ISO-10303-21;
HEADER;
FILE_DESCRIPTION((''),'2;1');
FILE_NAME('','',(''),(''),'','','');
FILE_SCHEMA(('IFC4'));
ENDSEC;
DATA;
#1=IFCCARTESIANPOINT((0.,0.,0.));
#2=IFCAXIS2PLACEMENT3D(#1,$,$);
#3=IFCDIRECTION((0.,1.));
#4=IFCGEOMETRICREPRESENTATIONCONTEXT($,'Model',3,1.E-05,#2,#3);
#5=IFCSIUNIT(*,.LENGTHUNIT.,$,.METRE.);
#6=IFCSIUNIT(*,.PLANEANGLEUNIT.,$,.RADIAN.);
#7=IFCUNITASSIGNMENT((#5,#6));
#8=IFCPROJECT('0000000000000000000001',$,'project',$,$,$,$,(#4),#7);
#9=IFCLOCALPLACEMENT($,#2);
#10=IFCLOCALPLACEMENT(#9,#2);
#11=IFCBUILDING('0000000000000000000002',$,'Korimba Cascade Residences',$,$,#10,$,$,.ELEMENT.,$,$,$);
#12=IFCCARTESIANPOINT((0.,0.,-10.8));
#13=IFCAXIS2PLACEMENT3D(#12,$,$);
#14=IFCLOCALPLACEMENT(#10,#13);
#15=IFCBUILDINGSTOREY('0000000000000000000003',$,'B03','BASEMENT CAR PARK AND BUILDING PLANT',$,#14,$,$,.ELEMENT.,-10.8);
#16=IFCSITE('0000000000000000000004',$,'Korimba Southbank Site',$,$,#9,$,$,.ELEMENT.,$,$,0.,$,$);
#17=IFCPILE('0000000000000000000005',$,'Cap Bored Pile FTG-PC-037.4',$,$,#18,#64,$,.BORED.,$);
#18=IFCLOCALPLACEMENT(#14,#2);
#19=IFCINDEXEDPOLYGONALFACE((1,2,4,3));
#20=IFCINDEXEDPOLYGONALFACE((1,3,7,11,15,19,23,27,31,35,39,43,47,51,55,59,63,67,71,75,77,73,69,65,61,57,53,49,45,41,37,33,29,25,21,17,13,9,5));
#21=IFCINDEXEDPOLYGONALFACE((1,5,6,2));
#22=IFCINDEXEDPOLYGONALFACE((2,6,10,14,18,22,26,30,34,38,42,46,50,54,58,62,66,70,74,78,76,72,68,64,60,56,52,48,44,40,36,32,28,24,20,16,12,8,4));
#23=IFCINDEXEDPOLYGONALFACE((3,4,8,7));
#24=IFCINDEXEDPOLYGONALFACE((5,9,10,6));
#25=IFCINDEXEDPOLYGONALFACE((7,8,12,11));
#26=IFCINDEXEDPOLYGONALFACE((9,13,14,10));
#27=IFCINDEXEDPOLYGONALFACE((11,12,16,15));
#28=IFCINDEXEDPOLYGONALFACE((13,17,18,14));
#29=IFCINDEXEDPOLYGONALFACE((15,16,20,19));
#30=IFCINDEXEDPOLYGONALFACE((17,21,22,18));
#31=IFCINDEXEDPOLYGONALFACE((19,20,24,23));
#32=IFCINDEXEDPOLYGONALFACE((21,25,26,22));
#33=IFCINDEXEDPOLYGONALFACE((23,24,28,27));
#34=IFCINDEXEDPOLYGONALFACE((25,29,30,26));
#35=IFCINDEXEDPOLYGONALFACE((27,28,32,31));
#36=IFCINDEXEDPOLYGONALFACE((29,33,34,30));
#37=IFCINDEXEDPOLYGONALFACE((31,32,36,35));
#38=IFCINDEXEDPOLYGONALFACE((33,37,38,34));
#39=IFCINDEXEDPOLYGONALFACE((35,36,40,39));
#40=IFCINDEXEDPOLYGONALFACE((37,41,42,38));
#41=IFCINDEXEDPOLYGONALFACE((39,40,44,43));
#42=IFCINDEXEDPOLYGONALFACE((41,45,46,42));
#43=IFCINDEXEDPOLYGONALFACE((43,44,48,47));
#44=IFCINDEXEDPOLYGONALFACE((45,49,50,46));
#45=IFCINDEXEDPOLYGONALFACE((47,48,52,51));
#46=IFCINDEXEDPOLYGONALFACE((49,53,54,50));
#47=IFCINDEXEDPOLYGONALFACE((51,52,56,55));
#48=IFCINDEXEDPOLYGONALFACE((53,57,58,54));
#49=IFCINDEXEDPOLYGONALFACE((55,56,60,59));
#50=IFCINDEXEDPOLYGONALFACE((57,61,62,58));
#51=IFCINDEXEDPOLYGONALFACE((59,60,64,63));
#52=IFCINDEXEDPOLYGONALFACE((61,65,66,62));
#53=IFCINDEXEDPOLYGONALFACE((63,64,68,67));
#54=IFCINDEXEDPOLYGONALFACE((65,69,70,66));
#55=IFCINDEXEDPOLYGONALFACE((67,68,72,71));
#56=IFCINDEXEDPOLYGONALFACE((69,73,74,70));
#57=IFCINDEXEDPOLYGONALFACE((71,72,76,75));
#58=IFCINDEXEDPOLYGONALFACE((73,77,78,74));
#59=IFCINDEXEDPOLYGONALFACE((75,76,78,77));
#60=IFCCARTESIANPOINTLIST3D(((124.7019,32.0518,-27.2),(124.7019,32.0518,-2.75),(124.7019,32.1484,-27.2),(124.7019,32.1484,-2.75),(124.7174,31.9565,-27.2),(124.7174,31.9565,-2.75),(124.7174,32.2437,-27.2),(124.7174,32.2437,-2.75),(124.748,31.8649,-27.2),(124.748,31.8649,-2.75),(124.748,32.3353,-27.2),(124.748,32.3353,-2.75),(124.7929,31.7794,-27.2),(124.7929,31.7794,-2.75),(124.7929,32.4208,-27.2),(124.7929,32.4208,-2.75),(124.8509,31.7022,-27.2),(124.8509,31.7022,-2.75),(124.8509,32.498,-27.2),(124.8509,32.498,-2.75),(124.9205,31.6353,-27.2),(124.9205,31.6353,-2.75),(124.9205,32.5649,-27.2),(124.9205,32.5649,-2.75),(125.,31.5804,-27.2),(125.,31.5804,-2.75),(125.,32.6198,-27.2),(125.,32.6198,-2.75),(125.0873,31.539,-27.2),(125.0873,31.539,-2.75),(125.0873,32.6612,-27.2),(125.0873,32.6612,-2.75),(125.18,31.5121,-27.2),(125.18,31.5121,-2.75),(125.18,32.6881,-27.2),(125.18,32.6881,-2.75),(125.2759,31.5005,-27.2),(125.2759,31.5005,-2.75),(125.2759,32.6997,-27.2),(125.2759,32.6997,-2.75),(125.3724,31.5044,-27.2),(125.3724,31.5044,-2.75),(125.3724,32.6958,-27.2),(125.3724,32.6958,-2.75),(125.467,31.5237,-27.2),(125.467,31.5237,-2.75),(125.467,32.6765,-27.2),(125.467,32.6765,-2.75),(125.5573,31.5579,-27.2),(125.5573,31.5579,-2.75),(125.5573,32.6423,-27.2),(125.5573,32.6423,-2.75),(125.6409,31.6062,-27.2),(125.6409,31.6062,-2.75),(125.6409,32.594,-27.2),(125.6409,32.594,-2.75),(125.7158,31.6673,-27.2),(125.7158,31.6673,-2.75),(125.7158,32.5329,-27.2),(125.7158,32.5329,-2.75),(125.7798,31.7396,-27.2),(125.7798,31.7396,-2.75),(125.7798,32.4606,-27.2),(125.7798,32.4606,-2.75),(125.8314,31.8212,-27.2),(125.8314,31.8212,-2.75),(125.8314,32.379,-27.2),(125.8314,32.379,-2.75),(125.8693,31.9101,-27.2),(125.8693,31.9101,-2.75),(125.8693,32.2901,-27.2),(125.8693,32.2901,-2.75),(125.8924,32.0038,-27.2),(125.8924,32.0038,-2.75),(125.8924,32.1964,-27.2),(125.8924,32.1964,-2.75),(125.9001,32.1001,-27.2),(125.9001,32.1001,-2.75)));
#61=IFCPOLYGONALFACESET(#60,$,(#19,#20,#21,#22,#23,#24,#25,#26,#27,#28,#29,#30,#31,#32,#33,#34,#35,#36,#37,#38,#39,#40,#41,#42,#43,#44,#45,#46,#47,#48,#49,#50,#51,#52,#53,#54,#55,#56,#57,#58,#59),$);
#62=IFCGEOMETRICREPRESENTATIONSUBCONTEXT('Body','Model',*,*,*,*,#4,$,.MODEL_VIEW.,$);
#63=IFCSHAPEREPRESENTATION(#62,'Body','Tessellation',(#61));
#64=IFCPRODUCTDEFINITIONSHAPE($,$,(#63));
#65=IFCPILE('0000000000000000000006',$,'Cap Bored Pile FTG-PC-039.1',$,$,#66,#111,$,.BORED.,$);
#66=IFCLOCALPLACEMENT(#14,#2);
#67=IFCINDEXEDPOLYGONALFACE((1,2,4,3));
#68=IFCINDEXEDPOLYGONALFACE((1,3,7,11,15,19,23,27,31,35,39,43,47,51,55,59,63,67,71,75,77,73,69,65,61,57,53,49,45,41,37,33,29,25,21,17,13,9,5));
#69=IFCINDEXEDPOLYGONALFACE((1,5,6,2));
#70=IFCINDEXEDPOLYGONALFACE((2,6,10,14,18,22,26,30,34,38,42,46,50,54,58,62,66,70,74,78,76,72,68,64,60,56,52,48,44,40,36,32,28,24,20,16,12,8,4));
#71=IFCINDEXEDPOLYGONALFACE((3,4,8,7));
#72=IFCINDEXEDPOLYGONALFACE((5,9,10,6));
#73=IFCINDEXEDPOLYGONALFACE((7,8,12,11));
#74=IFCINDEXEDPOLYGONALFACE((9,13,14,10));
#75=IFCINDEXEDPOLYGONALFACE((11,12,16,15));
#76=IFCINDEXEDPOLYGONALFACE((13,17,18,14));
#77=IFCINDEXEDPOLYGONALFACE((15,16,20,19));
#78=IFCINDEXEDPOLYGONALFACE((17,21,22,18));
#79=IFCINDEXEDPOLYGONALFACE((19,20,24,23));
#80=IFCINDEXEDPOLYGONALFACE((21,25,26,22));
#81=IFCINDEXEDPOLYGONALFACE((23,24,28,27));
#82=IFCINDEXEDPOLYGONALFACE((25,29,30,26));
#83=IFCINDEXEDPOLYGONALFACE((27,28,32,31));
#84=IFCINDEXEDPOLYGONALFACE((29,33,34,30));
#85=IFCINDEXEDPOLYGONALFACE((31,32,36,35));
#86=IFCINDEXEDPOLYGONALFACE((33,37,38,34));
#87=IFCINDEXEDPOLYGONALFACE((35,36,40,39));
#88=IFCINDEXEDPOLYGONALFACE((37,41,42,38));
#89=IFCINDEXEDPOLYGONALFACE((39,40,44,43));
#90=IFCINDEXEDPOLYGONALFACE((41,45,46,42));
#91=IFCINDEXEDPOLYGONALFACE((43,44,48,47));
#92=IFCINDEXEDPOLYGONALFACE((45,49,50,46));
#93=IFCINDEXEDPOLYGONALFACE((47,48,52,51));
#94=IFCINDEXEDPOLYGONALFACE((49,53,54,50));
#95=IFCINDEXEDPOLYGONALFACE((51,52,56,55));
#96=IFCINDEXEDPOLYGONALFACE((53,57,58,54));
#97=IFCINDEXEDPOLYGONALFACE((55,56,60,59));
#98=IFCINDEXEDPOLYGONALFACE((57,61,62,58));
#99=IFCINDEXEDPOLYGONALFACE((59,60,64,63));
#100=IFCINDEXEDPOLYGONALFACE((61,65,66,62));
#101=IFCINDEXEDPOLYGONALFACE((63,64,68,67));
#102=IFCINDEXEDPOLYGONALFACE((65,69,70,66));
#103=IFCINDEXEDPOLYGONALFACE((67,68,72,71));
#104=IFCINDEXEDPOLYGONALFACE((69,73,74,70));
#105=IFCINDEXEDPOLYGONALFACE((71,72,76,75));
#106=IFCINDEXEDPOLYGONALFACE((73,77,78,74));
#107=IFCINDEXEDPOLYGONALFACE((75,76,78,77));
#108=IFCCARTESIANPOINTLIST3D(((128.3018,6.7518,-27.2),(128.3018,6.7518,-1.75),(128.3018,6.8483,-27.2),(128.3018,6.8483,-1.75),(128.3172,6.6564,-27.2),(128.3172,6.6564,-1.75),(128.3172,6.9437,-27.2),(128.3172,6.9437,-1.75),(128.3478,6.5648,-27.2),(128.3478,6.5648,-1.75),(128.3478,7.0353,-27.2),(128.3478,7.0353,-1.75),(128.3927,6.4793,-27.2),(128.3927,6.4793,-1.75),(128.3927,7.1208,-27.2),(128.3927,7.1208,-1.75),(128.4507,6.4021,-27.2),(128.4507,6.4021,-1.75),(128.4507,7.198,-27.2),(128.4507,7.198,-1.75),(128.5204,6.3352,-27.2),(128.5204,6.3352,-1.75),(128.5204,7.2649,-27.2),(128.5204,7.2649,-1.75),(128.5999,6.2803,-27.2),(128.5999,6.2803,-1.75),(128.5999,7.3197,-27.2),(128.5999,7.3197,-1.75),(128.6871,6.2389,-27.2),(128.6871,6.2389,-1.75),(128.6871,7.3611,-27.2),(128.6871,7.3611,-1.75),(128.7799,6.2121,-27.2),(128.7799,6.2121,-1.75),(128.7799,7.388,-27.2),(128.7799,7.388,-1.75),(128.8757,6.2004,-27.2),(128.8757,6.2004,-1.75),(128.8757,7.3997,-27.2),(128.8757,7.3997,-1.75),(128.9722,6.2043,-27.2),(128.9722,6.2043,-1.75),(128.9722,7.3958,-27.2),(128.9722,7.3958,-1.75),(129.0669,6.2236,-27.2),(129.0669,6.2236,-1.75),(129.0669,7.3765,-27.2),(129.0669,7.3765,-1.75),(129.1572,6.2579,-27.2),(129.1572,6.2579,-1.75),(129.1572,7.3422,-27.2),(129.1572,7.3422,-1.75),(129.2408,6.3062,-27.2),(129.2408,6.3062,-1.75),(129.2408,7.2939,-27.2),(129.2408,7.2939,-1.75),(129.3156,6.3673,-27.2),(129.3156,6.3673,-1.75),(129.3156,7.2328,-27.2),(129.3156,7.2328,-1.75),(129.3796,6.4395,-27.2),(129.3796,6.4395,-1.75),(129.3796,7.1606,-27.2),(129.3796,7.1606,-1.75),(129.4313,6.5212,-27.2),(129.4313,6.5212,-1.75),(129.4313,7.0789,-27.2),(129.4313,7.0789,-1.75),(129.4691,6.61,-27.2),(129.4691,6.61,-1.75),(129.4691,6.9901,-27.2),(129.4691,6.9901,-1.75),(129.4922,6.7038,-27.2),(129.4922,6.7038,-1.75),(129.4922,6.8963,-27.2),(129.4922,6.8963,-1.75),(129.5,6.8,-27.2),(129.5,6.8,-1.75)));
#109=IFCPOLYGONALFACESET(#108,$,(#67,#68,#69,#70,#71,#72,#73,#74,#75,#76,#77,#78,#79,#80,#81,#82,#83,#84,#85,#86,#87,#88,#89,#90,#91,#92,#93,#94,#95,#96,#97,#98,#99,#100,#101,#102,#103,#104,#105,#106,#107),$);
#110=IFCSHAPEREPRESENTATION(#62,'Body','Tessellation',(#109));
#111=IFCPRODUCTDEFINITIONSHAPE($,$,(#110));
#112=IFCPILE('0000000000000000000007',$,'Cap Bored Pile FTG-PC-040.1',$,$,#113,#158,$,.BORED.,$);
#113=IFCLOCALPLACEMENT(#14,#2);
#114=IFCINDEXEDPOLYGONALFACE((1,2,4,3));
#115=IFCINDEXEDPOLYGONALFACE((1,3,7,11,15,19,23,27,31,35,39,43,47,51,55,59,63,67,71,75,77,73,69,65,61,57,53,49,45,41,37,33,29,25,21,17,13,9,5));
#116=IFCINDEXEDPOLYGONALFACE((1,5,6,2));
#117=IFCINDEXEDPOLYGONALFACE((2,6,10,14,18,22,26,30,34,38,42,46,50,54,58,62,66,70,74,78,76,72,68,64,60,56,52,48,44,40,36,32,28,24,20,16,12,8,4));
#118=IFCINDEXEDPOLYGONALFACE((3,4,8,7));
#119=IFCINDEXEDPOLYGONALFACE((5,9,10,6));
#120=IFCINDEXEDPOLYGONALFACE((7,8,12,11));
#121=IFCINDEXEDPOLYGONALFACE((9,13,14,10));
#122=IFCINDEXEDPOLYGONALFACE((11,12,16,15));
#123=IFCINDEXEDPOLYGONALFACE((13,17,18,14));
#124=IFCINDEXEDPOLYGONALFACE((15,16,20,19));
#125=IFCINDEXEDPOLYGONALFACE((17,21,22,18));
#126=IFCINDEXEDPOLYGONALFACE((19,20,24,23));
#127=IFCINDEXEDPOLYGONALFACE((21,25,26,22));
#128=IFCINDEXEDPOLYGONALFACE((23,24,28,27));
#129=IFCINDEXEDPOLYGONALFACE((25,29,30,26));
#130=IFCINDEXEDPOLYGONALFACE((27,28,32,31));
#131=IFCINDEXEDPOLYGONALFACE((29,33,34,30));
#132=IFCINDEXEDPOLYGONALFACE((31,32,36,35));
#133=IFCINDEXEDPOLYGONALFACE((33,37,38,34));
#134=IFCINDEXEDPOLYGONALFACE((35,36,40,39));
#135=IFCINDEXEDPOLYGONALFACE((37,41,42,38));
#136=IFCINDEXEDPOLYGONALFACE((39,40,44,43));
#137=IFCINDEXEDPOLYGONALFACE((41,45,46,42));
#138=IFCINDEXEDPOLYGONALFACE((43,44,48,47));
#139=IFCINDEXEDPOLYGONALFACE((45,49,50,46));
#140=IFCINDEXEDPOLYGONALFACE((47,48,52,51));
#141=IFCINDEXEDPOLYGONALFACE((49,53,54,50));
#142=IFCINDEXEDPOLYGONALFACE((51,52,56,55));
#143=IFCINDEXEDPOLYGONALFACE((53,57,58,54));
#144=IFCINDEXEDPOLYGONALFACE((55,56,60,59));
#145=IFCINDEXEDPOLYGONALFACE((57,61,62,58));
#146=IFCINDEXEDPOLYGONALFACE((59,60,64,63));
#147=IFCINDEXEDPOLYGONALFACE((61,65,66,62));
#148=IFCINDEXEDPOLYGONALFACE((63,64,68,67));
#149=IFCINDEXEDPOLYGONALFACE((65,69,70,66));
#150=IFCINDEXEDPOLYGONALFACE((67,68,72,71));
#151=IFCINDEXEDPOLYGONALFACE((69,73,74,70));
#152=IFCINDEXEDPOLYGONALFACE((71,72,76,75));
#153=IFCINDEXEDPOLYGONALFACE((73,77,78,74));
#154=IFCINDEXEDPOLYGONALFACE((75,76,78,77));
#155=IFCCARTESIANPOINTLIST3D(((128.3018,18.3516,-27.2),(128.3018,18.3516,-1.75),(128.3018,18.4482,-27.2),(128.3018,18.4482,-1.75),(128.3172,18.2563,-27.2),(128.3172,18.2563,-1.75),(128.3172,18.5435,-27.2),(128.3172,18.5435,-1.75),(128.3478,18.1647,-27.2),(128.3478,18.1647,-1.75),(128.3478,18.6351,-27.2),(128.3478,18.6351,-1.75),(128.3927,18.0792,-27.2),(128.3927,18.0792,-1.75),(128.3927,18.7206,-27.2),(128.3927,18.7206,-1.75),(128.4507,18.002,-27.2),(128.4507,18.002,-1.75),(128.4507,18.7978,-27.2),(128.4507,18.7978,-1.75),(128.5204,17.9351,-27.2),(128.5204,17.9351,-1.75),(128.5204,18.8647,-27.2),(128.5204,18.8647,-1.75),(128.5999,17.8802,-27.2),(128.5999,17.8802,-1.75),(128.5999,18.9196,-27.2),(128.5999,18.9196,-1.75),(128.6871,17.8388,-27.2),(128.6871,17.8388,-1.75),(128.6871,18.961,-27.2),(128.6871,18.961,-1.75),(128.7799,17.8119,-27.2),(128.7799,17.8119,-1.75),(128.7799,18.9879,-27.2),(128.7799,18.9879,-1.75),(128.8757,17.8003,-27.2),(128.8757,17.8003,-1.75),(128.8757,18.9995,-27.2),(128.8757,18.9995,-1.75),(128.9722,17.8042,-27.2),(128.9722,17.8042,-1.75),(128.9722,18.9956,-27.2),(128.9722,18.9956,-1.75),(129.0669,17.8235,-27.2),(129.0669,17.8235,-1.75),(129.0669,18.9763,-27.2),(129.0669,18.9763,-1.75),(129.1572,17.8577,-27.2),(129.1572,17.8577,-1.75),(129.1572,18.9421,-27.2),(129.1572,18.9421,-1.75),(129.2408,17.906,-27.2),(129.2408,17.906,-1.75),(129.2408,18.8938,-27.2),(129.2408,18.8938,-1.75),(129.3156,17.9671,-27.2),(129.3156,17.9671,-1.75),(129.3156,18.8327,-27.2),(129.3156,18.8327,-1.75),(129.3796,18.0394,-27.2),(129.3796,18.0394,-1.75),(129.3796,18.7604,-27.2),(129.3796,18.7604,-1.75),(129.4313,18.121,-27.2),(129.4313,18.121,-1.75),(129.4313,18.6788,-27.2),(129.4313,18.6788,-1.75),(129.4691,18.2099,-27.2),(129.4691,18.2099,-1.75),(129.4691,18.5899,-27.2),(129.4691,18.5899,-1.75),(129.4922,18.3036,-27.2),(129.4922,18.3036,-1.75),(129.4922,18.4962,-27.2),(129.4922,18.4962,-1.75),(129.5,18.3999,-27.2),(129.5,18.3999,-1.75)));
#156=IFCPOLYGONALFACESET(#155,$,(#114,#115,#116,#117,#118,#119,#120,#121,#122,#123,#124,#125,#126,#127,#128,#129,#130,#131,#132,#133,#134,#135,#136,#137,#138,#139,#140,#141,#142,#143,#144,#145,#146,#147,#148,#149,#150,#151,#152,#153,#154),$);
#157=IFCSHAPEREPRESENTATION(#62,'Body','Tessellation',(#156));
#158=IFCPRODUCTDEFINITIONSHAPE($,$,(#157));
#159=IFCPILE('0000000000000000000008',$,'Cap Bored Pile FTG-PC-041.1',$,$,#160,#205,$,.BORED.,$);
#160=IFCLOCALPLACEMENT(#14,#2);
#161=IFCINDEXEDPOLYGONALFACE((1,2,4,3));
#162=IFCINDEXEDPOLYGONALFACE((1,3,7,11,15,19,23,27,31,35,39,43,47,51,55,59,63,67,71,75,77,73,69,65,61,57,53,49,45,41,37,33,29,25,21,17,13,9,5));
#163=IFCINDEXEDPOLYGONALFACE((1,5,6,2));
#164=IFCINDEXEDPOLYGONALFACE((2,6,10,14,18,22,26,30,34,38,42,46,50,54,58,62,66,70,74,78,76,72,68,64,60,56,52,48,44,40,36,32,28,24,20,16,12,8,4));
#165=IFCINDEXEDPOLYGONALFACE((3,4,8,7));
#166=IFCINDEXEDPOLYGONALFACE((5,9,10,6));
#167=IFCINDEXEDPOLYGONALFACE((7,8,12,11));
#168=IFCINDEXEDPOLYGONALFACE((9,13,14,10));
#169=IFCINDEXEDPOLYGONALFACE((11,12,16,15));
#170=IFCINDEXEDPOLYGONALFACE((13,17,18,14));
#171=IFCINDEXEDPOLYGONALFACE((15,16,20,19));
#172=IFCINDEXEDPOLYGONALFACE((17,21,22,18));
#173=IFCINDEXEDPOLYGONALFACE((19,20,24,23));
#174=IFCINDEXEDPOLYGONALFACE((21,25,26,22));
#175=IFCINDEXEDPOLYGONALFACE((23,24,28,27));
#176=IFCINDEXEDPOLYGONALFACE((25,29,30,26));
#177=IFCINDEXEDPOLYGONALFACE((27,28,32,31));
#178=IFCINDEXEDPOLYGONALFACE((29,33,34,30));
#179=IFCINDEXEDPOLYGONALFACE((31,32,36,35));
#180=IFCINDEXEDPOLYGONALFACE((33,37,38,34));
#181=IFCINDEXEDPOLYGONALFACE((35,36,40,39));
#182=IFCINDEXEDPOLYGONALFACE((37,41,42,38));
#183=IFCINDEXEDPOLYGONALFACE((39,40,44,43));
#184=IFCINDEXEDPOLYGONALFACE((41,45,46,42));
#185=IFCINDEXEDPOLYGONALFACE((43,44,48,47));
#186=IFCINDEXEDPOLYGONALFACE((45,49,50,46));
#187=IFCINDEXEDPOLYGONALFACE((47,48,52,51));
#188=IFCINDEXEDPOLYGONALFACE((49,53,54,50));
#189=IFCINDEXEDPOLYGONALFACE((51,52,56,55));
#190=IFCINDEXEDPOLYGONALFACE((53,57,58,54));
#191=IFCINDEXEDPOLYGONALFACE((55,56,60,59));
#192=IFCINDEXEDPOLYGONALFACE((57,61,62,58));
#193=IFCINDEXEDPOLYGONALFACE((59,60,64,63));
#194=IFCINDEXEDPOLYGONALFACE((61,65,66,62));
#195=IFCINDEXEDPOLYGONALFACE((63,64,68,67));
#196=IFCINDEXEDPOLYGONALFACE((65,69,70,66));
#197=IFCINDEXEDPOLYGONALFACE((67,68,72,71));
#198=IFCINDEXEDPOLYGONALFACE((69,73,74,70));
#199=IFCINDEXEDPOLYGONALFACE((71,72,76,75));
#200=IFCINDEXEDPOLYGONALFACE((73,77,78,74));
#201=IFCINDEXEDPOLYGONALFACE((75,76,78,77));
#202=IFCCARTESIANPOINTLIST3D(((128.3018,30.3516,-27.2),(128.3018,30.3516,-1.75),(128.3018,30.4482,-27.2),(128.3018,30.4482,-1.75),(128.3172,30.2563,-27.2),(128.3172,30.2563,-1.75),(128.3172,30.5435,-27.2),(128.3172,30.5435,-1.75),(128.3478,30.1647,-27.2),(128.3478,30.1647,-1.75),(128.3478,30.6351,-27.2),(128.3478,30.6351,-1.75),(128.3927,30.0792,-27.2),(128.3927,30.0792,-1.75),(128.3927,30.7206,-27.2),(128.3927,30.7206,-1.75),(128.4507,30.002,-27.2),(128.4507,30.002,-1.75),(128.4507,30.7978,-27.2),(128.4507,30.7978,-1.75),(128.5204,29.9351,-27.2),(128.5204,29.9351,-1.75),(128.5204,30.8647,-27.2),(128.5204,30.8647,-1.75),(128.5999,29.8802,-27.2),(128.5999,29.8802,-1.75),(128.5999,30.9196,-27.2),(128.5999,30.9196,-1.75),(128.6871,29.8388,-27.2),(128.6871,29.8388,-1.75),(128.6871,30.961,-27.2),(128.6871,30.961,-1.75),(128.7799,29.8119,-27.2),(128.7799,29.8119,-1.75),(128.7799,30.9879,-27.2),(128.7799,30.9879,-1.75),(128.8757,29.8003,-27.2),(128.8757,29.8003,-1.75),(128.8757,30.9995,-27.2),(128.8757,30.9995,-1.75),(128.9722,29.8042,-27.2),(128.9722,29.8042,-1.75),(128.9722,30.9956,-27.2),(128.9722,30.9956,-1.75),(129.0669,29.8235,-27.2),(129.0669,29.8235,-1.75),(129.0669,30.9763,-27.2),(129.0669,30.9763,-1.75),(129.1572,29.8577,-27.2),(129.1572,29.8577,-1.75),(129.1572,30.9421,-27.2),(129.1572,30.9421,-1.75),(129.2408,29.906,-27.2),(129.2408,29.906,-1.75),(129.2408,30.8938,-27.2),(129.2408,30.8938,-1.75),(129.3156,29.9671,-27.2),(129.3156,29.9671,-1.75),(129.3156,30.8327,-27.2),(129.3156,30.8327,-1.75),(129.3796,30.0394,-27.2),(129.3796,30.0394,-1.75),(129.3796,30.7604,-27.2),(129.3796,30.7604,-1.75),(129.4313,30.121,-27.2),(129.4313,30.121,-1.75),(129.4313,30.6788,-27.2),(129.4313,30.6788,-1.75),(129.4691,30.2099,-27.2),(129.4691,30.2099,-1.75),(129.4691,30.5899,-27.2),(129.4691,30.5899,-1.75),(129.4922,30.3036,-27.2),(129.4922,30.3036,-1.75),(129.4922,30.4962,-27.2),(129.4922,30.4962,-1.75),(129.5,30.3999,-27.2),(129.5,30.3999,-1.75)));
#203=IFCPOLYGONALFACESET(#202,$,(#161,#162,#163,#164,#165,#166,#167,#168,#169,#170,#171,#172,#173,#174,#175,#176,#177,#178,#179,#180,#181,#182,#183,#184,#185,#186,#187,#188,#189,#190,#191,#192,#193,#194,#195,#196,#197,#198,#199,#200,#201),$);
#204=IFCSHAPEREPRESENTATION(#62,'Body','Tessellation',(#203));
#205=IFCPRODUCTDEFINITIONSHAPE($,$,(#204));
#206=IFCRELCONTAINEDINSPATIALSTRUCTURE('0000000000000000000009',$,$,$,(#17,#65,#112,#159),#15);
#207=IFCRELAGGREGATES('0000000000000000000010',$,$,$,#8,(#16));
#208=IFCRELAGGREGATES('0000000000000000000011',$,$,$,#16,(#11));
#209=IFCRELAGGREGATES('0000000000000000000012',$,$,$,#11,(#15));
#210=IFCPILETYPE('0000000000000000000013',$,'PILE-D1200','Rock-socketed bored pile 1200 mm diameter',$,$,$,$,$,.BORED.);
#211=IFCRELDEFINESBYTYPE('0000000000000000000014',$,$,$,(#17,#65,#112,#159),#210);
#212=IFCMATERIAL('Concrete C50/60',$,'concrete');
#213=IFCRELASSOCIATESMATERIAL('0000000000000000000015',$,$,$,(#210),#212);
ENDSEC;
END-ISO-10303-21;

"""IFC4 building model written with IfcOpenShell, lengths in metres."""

from ifc_helpers import new_model, si_unit, direction, frame, origin, origin_2d, place, context, subcontext, project, spatial, circle, extrude, material, material_profile, profile_set, type_object, element, save


model = new_model("IFC4")

# Units and contexts
model_context = context("Model", 3, precision=1e-05, world=origin(), true_north=direction((0.0, 1.0)))
body_context = subcontext(model_context, "Body", "Model", "MODEL_VIEW")
ifc_project = project(units=[si_unit("LENGTHUNIT", "METRE"), si_unit("PLANEANGLEUNIT", "RADIAN")], contexts=[model_context])

# Site, building, storey
site_placement = place(None, origin())
site = spatial("IfcSite", under=ifc_project, at=site_placement, Name="Korimba Southbank Site", CompositionType="ELEMENT", RefElevation=0.0)
building_placement = place(site_placement, origin())
building = spatial("IfcBuilding", under=site, at=building_placement, Name="Korimba Cascade Residences", CompositionType="ELEMENT")
storey_placement = place(building_placement, frame((0.0, 0.0, -10.8)))
storey = spatial("IfcBuildingStorey", under=building, at=storey_placement, Name="B03", Description="BASEMENT CAR PARK AND BUILDING PLANT", CompositionType="ELEMENT", Elevation=-10.8)

# Piles
ifc_material_1 = material(Name="Concrete C50/60", Category="concrete")
ifc_material_profile_1 = material_profile(ifc_material_1, circle(Radius=0.6001, at=origin_2d()), Name="Concrete C50/60")
ifc_profile_set_1 = profile_set([ifc_material_profile_1], Name="Concrete C50/60")
pile_type = type_object("IfcPileType", Name="PILE-D1200", Description="Rock-socketed bored pile 1200 mm diameter", PredefinedType="BORED", material=ifc_profile_set_1)
for number, where, z_axis, x_axis, name in (
    (1, (125.3, 32.1001, -2.75), (0.0, 0.0, -1.0), (1.0, 0.0, 0.0), "Cap Bored Pile FTG-PC-037.4"),
):
    element("IfcPile", number, at=place(storey_placement, frame(where, z_axis=z_axis, x_axis=x_axis)), inside=storey, type_object=pile_type, Name=name, PredefinedType="BORED", context=body_context, shape_type="SweptSolid", body=[
        extrude(circle(Radius=0.6001, at=origin_2d()), origin(), (0.0, 0.0, 1.0), 24.45),
    ])
for number, where, z_axis, x_axis, name in (
    (2, (128.8999, 6.8, -1.75), (0.0, 0.0, -1.0), (1.0, 0.0, 0.0), "Cap Bored Pile FTG-PC-039.1"),
    (3, (128.8999, 18.3999, -1.75), (0.0, 0.0, -1.0), (1.0, 0.0, 0.0), "Cap Bored Pile FTG-PC-040.1"),
    (4, (128.8999, 30.3999, -1.75), (0.0, 0.0, -1.0), (1.0, 0.0, 0.0), "Cap Bored Pile FTG-PC-041.1"),
):
    element("IfcPile", number, at=place(storey_placement, frame(where, z_axis=z_axis, x_axis=x_axis)), inside=storey, type_object=pile_type, Name=name, PredefinedType="BORED", context=body_context, shape_type="SweptSolid", body=[
        extrude(circle(Radius=0.6001, at=origin_2d()), origin(), (0.0, 0.0, 1.0), 25.45),
    ])

save(model, "model.ifc")
